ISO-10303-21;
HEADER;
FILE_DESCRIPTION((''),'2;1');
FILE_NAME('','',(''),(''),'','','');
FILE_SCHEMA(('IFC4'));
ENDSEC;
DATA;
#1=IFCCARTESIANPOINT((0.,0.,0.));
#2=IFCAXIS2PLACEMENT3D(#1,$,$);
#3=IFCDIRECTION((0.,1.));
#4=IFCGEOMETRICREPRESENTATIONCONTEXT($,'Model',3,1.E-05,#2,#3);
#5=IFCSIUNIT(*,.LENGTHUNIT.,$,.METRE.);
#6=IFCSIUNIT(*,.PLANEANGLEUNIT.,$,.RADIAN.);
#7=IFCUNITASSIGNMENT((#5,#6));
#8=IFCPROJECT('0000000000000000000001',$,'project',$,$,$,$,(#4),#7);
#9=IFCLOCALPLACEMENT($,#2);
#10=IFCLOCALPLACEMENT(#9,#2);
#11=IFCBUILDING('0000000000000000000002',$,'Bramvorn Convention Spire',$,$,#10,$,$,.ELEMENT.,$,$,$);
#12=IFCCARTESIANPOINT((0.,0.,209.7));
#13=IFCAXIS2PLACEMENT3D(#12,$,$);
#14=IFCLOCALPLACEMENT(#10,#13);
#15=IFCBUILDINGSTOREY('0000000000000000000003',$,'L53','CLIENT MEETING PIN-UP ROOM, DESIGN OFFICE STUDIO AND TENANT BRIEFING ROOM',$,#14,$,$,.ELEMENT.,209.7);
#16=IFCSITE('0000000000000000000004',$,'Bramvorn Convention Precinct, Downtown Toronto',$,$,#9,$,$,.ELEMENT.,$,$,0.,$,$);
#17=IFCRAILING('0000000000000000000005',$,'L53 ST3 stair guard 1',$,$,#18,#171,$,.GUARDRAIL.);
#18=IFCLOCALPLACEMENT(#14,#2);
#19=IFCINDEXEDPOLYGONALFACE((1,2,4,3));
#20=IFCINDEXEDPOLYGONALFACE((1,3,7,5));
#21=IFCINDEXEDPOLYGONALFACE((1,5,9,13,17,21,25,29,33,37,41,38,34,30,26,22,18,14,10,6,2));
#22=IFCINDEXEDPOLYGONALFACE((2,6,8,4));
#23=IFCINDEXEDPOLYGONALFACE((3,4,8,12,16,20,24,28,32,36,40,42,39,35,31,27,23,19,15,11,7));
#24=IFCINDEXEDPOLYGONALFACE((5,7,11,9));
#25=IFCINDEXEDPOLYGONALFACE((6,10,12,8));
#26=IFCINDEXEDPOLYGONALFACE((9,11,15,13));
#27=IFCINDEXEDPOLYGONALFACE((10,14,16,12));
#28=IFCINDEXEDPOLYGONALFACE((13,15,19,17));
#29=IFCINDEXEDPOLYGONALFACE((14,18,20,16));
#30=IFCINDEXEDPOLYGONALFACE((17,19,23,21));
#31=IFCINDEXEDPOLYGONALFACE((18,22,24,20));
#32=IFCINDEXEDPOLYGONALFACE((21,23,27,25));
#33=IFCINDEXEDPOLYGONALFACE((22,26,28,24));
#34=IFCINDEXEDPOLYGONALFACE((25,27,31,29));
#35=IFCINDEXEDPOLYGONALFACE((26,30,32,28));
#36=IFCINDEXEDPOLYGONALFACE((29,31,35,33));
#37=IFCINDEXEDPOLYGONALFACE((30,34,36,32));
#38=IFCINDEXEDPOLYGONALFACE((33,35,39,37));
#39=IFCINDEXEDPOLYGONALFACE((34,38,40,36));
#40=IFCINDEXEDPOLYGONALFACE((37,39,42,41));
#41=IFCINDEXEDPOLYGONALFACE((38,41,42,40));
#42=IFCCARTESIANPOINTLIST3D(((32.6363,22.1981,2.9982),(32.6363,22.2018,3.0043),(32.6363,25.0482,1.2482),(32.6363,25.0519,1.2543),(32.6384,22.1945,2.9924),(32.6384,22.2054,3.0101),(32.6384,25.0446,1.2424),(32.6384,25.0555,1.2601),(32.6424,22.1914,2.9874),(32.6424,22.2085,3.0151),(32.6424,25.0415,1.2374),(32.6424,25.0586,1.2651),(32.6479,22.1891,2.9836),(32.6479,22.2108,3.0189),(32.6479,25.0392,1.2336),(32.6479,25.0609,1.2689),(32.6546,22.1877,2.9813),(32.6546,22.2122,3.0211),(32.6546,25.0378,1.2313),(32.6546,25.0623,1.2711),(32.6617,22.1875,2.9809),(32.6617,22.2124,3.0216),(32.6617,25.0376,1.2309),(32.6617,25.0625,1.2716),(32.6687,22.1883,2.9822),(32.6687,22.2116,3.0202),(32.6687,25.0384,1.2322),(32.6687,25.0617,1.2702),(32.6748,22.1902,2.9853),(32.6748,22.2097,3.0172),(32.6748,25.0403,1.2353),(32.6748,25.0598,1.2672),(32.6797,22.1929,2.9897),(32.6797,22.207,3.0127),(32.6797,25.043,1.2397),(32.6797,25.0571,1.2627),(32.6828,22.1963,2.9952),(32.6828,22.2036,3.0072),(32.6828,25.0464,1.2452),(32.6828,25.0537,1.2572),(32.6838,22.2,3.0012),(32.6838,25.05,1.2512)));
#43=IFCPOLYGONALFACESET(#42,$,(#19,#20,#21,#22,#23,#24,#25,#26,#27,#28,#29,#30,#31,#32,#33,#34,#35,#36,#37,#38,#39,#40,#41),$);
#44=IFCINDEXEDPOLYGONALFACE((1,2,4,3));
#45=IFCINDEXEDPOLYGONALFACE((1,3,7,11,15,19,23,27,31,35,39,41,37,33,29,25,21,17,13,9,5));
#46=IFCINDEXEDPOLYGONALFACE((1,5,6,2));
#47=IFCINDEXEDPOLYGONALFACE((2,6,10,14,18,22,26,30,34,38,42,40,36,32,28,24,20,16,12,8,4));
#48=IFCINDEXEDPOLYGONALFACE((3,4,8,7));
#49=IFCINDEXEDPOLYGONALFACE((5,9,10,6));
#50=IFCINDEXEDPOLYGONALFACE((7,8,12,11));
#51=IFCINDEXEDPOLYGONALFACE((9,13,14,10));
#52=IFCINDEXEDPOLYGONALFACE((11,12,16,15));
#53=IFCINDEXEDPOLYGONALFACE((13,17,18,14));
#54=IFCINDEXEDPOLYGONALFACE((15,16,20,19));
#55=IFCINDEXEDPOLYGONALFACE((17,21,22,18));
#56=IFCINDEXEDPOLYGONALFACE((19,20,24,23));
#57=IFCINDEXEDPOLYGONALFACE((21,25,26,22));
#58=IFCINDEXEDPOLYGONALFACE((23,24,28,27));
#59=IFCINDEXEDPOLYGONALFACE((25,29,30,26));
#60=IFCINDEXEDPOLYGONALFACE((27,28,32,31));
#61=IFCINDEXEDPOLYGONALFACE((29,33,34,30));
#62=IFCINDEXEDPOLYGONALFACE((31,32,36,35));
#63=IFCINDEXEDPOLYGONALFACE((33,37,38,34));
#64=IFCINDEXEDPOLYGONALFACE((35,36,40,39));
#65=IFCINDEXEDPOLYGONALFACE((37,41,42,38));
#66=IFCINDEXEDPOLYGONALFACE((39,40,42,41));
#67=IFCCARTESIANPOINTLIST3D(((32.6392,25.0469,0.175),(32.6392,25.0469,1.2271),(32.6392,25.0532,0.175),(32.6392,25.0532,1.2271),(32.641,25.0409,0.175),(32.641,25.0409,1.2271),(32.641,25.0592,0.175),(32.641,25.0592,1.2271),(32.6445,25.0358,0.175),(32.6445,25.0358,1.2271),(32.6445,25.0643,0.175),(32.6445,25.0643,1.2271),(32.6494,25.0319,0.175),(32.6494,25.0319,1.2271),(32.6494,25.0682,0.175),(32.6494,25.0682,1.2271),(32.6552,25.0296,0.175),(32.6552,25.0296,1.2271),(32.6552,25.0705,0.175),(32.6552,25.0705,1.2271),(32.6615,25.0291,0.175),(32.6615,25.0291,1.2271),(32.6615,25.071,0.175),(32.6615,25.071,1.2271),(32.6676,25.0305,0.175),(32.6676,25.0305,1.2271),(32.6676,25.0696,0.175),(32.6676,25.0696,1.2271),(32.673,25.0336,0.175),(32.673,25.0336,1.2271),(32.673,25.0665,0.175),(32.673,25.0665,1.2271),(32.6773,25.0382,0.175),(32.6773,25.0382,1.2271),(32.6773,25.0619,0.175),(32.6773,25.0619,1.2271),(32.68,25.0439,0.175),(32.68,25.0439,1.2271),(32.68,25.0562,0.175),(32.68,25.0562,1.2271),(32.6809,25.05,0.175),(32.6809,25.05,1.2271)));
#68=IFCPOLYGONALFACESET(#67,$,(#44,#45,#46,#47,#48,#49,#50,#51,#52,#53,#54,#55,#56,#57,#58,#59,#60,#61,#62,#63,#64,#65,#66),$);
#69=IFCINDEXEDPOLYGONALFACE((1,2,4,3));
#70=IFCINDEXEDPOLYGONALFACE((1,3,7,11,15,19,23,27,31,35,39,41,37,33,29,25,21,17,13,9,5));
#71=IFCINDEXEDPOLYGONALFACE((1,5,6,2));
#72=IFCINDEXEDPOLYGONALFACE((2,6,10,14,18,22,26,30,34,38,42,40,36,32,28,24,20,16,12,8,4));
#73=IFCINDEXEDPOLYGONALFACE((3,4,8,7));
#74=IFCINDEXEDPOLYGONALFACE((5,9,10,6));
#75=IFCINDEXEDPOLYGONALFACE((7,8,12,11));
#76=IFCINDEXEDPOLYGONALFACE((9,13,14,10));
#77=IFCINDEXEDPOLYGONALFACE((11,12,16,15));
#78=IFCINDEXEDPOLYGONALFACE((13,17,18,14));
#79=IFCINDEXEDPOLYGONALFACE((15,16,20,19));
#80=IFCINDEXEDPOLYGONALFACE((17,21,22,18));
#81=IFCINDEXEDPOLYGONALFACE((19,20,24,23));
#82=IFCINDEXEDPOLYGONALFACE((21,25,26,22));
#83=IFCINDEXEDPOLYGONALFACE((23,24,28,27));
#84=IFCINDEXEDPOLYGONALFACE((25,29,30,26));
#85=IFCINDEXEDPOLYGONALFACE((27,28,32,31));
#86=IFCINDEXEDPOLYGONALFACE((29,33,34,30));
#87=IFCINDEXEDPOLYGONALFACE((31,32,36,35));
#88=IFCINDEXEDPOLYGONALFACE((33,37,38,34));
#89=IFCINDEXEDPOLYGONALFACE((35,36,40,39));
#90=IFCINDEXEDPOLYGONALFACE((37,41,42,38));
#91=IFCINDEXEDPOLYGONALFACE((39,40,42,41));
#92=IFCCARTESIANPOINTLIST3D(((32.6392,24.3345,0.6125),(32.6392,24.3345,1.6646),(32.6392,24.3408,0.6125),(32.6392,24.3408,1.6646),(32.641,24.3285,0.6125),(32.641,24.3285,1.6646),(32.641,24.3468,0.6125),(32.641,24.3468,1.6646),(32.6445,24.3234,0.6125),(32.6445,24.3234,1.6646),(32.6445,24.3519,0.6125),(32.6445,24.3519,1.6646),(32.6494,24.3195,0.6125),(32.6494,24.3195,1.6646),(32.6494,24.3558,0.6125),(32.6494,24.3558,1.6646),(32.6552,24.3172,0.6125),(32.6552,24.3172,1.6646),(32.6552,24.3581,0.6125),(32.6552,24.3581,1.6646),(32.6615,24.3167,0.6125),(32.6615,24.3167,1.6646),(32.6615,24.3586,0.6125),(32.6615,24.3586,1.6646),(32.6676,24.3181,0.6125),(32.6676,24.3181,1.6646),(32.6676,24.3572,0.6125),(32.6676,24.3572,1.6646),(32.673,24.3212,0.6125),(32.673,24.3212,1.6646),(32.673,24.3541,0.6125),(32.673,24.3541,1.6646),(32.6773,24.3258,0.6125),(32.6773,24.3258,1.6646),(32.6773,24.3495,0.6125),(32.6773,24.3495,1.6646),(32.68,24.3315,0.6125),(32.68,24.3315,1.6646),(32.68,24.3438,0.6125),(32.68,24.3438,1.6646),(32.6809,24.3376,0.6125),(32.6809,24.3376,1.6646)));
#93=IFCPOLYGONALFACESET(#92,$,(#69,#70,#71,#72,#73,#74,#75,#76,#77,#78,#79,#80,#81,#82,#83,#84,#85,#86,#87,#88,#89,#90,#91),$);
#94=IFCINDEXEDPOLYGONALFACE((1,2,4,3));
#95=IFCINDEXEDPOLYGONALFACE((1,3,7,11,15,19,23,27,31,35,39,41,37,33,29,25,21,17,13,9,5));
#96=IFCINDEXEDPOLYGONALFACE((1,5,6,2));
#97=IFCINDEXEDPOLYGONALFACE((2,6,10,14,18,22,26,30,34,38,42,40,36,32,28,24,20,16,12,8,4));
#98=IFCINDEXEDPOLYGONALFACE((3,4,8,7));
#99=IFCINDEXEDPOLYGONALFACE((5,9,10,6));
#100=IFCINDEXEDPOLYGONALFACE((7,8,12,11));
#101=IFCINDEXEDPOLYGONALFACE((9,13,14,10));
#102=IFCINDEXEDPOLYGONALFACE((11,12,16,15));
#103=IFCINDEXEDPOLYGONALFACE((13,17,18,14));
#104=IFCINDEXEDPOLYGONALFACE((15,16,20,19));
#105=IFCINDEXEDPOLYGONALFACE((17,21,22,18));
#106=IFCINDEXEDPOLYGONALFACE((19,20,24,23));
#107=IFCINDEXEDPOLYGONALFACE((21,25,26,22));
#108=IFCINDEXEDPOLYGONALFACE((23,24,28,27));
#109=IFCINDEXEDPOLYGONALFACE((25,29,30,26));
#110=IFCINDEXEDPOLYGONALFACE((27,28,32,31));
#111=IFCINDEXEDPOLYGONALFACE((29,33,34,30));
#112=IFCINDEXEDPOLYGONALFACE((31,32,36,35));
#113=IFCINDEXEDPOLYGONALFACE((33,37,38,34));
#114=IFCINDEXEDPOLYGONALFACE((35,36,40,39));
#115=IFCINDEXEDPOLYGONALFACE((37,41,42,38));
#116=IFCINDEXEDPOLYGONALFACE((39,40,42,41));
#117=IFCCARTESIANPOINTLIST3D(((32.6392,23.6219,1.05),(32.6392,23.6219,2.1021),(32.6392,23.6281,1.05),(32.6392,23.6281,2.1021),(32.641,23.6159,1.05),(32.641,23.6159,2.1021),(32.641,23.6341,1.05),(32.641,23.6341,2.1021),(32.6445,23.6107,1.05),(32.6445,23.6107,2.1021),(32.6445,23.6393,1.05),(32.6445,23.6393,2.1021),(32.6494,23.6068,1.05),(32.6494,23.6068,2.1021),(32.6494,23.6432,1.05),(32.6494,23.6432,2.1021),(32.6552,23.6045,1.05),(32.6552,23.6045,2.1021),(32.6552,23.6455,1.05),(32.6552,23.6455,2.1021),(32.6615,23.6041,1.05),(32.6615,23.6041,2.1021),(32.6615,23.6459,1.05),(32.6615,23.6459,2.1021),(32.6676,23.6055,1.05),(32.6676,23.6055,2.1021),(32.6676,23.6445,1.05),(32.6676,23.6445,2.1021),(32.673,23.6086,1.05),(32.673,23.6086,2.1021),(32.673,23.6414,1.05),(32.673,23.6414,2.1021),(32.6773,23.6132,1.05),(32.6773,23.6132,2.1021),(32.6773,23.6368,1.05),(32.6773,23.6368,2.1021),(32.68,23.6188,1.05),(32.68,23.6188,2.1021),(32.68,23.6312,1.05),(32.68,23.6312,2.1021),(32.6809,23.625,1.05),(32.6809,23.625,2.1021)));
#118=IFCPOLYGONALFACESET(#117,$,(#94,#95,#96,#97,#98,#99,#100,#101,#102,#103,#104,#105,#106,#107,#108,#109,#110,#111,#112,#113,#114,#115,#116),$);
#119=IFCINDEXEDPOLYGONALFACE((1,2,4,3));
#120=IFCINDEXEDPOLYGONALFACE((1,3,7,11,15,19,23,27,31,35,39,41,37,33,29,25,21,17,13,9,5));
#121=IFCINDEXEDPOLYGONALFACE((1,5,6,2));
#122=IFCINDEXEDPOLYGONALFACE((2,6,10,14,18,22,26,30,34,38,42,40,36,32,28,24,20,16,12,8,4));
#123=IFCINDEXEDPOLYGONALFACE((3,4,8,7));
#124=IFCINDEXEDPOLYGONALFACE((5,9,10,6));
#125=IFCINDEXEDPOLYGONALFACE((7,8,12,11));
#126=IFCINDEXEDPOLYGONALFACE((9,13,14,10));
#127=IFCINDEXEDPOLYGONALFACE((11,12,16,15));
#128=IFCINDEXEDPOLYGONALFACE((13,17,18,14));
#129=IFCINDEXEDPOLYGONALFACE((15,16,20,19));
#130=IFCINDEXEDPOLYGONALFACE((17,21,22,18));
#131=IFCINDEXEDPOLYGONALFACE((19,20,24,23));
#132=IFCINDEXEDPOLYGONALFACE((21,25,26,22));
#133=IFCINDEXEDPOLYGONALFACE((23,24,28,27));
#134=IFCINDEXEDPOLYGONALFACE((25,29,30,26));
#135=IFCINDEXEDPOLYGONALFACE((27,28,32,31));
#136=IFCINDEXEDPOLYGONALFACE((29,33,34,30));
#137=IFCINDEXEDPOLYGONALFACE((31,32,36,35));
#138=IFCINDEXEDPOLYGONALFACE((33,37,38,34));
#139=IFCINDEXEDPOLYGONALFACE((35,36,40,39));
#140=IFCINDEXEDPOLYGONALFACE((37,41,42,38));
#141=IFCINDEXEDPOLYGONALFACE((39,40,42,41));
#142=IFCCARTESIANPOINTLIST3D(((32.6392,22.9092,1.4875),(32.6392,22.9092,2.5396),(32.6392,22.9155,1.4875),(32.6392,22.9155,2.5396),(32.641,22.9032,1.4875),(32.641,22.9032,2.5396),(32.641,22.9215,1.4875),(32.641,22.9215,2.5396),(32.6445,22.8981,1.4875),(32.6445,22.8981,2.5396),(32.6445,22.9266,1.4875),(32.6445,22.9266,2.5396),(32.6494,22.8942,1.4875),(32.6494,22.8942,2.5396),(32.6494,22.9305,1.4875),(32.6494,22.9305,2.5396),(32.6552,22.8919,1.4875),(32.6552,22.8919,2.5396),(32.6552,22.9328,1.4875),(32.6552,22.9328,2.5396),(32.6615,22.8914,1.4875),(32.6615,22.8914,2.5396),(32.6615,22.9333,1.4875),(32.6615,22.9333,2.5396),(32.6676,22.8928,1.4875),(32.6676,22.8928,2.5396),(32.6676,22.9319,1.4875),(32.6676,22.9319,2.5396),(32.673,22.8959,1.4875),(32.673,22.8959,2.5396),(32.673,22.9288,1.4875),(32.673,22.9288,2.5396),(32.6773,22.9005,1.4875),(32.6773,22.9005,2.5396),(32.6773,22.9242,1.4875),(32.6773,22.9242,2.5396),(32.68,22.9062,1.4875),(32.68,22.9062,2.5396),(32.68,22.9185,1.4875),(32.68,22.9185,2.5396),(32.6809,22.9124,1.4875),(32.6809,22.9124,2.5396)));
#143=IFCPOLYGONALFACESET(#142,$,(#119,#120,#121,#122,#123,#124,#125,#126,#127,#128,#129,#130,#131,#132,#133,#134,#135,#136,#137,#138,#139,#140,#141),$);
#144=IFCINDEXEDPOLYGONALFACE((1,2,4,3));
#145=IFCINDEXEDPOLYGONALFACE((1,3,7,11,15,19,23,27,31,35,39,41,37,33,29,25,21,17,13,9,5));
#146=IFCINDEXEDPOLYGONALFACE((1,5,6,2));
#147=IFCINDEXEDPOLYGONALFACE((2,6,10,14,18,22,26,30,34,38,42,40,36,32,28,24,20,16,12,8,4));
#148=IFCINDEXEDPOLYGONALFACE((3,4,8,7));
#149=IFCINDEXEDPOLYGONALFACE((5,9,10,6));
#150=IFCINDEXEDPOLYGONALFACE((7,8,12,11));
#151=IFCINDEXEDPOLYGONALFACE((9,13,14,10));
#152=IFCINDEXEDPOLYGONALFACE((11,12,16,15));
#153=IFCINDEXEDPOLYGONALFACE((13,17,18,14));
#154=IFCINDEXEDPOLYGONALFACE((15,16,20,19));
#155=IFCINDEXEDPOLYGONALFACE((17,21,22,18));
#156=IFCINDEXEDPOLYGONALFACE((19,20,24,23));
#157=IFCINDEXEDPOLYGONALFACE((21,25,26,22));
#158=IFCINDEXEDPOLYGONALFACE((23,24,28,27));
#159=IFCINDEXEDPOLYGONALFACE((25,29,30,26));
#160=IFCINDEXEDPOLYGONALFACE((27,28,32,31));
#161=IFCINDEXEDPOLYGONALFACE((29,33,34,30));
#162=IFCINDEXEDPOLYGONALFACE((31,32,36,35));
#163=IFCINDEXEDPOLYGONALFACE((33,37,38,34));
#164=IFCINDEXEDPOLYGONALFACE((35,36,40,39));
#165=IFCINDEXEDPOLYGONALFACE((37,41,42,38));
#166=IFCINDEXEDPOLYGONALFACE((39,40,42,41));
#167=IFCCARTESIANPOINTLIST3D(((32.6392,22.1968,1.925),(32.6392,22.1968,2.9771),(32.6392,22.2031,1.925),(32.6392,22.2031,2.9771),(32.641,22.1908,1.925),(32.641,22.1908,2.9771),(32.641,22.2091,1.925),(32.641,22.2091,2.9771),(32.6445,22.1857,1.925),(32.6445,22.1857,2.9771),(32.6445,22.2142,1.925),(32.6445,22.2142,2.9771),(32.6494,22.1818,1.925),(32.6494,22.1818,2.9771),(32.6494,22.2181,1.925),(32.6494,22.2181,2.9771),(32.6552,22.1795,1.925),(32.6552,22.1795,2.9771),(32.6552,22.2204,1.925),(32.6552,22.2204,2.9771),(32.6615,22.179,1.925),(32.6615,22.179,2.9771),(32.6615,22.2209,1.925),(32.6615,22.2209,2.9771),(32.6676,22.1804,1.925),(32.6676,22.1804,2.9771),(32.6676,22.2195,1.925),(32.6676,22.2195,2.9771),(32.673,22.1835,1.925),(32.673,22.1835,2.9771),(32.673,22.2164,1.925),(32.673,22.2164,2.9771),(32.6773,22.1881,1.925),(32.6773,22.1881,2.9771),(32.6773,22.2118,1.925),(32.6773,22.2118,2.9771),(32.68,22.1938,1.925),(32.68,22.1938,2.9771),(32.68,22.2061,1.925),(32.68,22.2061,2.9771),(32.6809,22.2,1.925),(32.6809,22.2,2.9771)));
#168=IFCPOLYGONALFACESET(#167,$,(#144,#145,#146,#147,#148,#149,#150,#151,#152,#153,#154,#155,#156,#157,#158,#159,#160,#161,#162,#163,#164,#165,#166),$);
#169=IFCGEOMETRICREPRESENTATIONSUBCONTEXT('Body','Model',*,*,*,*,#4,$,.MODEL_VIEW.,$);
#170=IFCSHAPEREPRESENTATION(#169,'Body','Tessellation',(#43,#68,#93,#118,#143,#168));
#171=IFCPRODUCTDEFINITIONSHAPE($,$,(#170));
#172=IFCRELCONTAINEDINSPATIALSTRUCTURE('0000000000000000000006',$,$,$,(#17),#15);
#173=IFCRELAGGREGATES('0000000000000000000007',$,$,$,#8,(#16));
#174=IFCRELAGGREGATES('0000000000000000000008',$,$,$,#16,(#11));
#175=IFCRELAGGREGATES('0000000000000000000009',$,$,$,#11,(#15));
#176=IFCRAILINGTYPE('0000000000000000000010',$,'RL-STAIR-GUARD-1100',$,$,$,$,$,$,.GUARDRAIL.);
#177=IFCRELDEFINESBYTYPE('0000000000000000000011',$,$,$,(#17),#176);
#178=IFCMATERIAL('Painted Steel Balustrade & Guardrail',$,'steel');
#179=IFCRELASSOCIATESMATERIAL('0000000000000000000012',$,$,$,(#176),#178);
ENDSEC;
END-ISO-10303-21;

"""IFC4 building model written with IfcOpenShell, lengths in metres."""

from ifc_helpers import new_model, si_unit, direction, frame, origin, origin_2d, place, context, subcontext, project, spatial, circle, extrude, material, type_object, element, save


model = new_model("IFC4")

# Units and contexts
model_context = context("Model", 3, precision=1e-05, world=origin(), true_north=direction((0.0, 1.0)))
body_context = subcontext(model_context, "Body", "Model", "MODEL_VIEW")
ifc_project = project(units=[si_unit("LENGTHUNIT", "METRE"), si_unit("PLANEANGLEUNIT", "RADIAN")], contexts=[model_context])

# Site, building, storey
site_placement = place(None, origin())
site = spatial("IfcSite", under=ifc_project, at=site_placement, Name="Bramvorn Convention Precinct, Downtown Toronto", CompositionType="ELEMENT", RefElevation=0.0)
building_placement = place(site_placement, origin())
building = spatial("IfcBuilding", under=site, at=building_placement, Name="Bramvorn Convention Spire", CompositionType="ELEMENT")
storey_placement = place(building_placement, frame((0.0, 0.0, 209.7)))
storey = spatial("IfcBuildingStorey", under=building, at=storey_placement, Name="L53", Description="CLIENT MEETING PIN-UP ROOM, DESIGN OFFICE STUDIO AND TENANT BRIEFING ROOM", CompositionType="ELEMENT", Elevation=209.7)

# Railing
ifc_material_1 = material(Name="Painted Steel Balustrade & Guardrail", Category="steel")
railing_type_1 = type_object("IfcRailingType", Name="RL-STAIR-GUARD-1100", PredefinedType="GUARDRAIL", material=ifc_material_1)
railing_1_placement = place(storey_placement, frame((32.6599, 25.05, 0.175)))
element("IfcRailing", 1, at=railing_1_placement, inside=storey, type_object=railing_type_1, Name="L53 ST3 stair guard 1", PredefinedType="GUARDRAIL", context=body_context, shape_type="SweptSolid", body=[
    extrude(circle(Radius=0.0239, at=origin_2d()), frame((0.0, 0.0, 1.0762), z_axis=(0.0, -0.852179, 0.52325), x_axis=(1.0, 0.0, 0.0)), (0.0, 0.0, 1.0), 3.3445),
    extrude(circle(Radius=0.021, at=origin_2d()), origin(), (0.0, 0.0, 1.0), 1.052),
    extrude(circle(Radius=0.021, at=origin_2d()), frame((0.0, -0.7124, 0.4375)), (0.0, 0.0, 1.0), 1.052),
    extrude(circle(Radius=0.021, at=origin_2d()), frame((0.0, -1.425, 0.875)), (0.0, 0.0, 1.0), 1.052),
    extrude(circle(Radius=0.021, at=origin_2d()), frame((0.0, -2.1377, 1.3125)), (0.0, 0.0, 1.0), 1.052),
    extrude(circle(Radius=0.021, at=origin_2d()), frame((0.0, -2.8501, 1.75)), (0.0, 0.0, 1.0), 1.052),
])

save(model, "model.ifc")
